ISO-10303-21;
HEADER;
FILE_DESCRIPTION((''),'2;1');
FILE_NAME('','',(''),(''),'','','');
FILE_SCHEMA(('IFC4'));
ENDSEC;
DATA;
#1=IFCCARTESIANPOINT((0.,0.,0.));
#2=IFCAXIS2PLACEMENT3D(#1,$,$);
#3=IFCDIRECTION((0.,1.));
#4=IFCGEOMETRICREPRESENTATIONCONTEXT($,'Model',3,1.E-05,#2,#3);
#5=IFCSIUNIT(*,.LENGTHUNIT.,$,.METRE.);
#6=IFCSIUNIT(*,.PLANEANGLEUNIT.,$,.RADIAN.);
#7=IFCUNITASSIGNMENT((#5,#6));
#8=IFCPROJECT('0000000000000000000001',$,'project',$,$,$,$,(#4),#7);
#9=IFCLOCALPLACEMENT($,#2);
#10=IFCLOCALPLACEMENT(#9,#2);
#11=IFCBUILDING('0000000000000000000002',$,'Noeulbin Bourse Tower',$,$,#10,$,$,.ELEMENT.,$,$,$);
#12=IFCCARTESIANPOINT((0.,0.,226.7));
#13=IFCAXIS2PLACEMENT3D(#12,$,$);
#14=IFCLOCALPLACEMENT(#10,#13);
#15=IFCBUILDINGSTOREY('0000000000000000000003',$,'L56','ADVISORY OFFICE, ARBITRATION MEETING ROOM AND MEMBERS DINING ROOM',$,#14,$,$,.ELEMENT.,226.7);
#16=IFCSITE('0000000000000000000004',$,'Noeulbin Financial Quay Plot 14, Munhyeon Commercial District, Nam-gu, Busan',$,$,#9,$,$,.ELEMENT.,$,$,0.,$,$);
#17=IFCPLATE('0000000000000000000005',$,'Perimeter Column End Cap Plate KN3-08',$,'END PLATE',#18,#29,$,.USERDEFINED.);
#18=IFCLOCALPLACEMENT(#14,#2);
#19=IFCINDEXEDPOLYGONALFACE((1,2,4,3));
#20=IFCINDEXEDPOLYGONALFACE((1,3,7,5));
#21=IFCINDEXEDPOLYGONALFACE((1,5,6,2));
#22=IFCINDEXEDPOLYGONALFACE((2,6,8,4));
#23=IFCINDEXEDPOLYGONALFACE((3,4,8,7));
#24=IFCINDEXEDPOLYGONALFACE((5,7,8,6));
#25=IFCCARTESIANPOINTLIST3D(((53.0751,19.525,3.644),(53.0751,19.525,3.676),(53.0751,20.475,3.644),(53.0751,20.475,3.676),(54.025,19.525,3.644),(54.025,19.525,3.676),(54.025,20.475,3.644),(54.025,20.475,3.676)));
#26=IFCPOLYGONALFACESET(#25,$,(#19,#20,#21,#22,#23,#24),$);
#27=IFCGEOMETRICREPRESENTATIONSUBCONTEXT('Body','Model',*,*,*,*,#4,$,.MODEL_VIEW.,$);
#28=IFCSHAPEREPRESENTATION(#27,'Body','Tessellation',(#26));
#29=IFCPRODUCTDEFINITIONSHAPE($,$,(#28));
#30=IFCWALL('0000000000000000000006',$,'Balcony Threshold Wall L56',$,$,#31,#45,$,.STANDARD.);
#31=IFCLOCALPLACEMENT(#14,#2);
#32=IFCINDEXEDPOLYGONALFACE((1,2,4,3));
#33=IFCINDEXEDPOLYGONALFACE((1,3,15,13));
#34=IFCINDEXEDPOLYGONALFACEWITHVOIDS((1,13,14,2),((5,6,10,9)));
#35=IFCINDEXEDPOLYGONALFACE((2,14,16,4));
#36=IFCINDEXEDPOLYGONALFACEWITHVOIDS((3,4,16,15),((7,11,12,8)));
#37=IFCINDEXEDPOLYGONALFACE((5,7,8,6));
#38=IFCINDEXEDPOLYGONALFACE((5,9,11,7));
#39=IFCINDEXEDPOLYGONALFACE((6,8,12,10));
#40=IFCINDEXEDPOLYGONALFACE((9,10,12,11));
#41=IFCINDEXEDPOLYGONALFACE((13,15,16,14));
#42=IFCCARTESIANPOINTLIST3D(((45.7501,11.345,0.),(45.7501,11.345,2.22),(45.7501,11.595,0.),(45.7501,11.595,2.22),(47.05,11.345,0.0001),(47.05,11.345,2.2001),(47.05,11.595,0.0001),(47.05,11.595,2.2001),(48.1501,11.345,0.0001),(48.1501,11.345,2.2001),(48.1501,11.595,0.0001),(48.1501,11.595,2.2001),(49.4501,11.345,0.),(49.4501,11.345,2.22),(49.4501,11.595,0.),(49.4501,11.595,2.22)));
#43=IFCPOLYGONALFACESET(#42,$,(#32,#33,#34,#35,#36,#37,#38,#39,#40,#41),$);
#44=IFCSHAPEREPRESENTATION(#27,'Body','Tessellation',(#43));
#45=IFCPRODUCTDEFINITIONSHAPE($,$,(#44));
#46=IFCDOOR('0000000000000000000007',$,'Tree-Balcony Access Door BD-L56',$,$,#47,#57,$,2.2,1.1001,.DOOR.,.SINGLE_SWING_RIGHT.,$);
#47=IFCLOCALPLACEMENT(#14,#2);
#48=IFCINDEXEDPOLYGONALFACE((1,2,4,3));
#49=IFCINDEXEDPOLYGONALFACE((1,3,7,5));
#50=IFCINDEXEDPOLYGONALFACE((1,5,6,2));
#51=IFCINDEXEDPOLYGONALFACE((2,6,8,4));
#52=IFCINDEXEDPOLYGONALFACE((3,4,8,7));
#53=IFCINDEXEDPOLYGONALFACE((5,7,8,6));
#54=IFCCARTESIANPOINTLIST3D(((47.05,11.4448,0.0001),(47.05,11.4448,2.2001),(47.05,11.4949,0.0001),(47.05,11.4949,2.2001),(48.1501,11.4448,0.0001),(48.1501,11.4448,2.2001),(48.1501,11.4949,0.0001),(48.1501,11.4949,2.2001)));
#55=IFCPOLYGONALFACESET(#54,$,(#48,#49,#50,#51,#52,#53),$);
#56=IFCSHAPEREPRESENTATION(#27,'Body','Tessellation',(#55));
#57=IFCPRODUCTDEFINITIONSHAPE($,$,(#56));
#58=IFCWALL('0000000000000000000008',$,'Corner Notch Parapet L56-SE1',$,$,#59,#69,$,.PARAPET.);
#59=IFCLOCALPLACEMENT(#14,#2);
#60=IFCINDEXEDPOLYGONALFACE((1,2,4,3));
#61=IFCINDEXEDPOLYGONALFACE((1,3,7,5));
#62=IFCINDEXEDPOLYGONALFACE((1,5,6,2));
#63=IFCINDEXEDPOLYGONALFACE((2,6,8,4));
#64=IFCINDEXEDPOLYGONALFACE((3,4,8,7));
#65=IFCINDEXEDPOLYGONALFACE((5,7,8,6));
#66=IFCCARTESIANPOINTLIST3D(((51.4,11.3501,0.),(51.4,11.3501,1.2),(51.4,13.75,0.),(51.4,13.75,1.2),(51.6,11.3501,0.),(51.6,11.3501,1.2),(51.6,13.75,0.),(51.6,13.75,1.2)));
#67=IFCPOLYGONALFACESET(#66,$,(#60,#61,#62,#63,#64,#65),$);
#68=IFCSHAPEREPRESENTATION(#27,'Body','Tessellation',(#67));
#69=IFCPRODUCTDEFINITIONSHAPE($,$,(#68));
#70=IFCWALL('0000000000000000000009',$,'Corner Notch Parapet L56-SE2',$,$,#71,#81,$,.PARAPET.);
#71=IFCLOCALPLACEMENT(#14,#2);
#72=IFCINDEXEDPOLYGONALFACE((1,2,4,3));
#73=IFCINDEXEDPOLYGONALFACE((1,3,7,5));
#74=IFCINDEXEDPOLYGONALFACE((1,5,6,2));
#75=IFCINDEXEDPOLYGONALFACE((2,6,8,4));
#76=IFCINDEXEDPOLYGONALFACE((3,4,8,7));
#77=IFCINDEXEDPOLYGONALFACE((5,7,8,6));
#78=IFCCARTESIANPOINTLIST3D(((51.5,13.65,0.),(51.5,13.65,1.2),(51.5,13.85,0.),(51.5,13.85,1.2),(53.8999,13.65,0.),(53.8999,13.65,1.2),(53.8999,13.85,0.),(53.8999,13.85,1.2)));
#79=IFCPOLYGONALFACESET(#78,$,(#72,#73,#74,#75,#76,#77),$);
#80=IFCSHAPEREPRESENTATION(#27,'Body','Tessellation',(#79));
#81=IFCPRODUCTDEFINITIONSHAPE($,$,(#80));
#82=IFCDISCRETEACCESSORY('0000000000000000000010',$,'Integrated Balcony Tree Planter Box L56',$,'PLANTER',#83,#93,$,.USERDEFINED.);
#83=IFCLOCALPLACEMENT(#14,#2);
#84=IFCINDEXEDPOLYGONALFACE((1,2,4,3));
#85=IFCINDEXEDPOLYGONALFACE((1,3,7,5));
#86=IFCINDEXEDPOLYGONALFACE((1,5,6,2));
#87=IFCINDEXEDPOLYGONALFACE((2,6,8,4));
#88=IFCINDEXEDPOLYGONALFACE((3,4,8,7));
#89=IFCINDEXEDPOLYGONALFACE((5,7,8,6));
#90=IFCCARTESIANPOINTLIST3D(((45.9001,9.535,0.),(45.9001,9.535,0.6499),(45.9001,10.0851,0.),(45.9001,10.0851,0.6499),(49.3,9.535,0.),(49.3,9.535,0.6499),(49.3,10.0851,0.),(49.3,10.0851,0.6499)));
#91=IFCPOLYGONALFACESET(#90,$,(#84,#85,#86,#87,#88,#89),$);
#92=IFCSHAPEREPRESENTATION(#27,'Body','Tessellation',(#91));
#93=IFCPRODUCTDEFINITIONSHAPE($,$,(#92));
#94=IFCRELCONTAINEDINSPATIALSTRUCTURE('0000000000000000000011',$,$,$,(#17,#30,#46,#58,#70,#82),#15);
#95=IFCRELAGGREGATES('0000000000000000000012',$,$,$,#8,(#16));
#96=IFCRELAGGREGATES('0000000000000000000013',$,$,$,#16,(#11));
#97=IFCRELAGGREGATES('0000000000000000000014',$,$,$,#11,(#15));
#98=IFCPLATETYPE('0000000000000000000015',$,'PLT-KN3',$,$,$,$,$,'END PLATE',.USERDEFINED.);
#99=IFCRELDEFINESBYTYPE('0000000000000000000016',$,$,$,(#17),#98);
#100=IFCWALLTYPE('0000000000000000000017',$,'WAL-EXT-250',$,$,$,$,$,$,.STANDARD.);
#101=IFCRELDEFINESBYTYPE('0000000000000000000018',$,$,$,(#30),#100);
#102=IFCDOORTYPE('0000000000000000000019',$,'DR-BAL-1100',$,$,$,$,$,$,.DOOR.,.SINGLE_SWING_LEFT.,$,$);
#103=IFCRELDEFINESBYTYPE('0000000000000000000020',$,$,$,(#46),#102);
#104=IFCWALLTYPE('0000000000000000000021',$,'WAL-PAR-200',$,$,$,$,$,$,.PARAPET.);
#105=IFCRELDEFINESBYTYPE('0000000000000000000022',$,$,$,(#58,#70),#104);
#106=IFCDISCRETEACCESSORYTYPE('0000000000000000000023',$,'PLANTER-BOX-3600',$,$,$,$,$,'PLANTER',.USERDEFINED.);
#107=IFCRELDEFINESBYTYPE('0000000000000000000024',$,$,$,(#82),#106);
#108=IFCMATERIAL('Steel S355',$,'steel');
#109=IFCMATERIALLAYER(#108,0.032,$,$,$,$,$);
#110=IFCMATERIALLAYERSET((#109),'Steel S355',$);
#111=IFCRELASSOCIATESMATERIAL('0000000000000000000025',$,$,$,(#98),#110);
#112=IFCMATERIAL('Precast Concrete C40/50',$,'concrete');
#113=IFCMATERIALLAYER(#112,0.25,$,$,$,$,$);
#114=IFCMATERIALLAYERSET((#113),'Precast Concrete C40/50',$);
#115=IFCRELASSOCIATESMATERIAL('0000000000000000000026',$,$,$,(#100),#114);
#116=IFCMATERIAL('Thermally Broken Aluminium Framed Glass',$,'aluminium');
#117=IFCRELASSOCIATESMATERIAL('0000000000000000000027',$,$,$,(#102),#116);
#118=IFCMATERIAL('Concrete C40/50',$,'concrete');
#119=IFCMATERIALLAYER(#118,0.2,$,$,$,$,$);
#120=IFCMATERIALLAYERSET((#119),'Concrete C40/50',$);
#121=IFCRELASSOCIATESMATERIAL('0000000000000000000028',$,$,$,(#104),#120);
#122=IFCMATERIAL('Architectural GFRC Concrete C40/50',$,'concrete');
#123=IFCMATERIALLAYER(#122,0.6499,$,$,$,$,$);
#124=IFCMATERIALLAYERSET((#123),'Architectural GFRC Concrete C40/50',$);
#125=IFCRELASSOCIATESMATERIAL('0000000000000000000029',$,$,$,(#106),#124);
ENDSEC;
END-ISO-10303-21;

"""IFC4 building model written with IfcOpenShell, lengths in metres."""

from ifc_helpers import new_model, si_unit, direction, frame, frame_2d, origin, origin_2d, place, context, subcontext, project, spatial, rectangle, extrude, material, layer, layer_set, type_object, element, fill, save


model = new_model("IFC4")

# Units and contexts
model_context = context("Model", 3, precision=1e-05, world=origin(), true_north=direction((0.0, 1.0)))
body_context = subcontext(model_context, "Body", "Model", "MODEL_VIEW")
ifc_project = project(units=[si_unit("LENGTHUNIT", "METRE"), si_unit("PLANEANGLEUNIT", "RADIAN")], contexts=[model_context])

# Site, building, storey
site_placement = place(None, origin())
site = spatial("IfcSite", under=ifc_project, at=site_placement, Name="Noeulbin Financial Quay Plot 14, Munhyeon Commercial District, Nam-gu, Busan", CompositionType="ELEMENT", RefElevation=0.0)
building_placement = place(site_placement, origin())
building = spatial("IfcBuilding", under=site, at=building_placement, Name="Noeulbin Bourse Tower", CompositionType="ELEMENT")
storey_placement = place(building_placement, frame((0.0, 0.0, 226.7)))
storey = spatial("IfcBuildingStorey", under=building, at=storey_placement, Name="L56", Description="ADVISORY OFFICE, ARBITRATION MEETING ROOM AND MEMBERS DINING ROOM", CompositionType="ELEMENT", Elevation=226.7)

# Shared definitions
ifc_material_1 = material(Name="Steel S355", Category="steel")

# Plate
ifc_layer_1 = layer(ifc_material_1, 0.032)
ifc_layer_set_1 = layer_set([ifc_layer_1], Name="Steel S355")
plate_type_1 = type_object("IfcPlateType", Name="PLT-KN3", ElementType="END PLATE", PredefinedType="USERDEFINED", material=ifc_layer_set_1)
plate_1_placement = place(storey_placement, frame((53.55, 20.0, 3.644), z_axis=(0.0, 0.0, 1.0), x_axis=(1.0, 0.0, 0.0)))
element("IfcPlate", 1, at=plate_1_placement, inside=storey, type_object=plate_type_1, Name="Perimeter Column End Cap Plate KN3-08", ObjectType="END PLATE", PredefinedType="USERDEFINED", context=body_context, shape_type="SweptSolid", body=[
    extrude(rectangle(XDim=0.95, YDim=0.95, at=origin_2d()), origin(), (0.0, 0.0, 1.0), 0.032),
])

# Wall, opening, door
ifc_material_2 = material(Name="Precast Concrete C40/50", Category="concrete")
ifc_layer_2 = layer(ifc_material_2, 0.25)
ifc_layer_set_2 = layer_set([ifc_layer_2], Name="Precast Concrete C40/50")
wall_type_1 = type_object("IfcWallType", Name="WAL-EXT-250", PredefinedType="STANDARD", material=ifc_layer_set_2)
wall_placement = place(storey_placement, frame((45.75, 11.47, 0.0), z_axis=(0.0, 0.0, 1.0), x_axis=(1.0, 0.0, 0.0)))
wall = element("IfcWall", 2, at=wall_placement, inside=storey, type_object=wall_type_1, Name="Balcony Threshold Wall L56", PredefinedType="STANDARD", context=body_context, shape_type="SweptSolid", body=[
    extrude(rectangle(XDim=3.7, YDim=0.25, at=frame_2d((1.8501, 0.0))), origin(), (0.0, 0.0, 1.0), 2.22),
])
opening_placement = place(wall_placement, frame((1.3, 0.0, 0.0)))
opening = element("IfcOpeningElement", 3, at=opening_placement, cuts=wall, PredefinedType="OPENING", context=body_context, shape_type="SweptSolid", body=[
    extrude(rectangle(XDim=1.1001, YDim=2.2, at=frame_2d((0.55, 1.1001))), frame((0.0, 0.135, 0.0), z_axis=(0.0, -1.0, 0.0), x_axis=(1.0, 0.0, 0.0)), (0.0, 0.0, 1.0), 0.27),
])
ifc_material_3 = material(Name="Thermally Broken Aluminium Framed Glass", Category="aluminium")
door_type = type_object("IfcDoorType", Name="DR-BAL-1100", OperationType="SINGLE_SWING_LEFT", PredefinedType="DOOR", material=ifc_material_3)
door_placement = place(opening_placement, origin())
door = element("IfcDoor", 4, at=door_placement, inside=storey, type_object=door_type, Name="Tree-Balcony Access Door BD-L56", OperationType="SINGLE_SWING_RIGHT", OverallHeight=2.2, OverallWidth=1.1001, PredefinedType="DOOR", context=body_context, shape_type="SweptSolid", body=[
    extrude(rectangle(XDim=1.1001, YDim=2.2, at=frame_2d((0.55, 1.1001))), frame((0.0, 0.0249, 0.0), z_axis=(0.0, -1.0, 0.0), x_axis=(1.0, 0.0, 0.0)), (0.0, 0.0, 1.0), 0.05),
])
fill(opening, door)

# Walls
ifc_material_4 = material(Name="Concrete C40/50", Category="concrete")
ifc_layer_3 = layer(ifc_material_4, 0.2)
ifc_layer_set_3 = layer_set([ifc_layer_3], Name="Concrete C40/50")
wall_type_2 = type_object("IfcWallType", Name="WAL-PAR-200", PredefinedType="PARAPET", material=ifc_layer_set_3)
for number, where, z_axis, x_axis, name in (
    (5, (51.5, 11.3501, 0.0), (0.0, 0.0, 1.0), (0.0, 1.0, 0.0), "Corner Notch Parapet L56-SE1"),
    (6, (51.5, 13.75, 0.0), (0.0, 0.0, 1.0), (1.0, 0.0, 0.0), "Corner Notch Parapet L56-SE2"),
):
    element("IfcWall", number, at=place(storey_placement, frame(where, z_axis=z_axis, x_axis=x_axis)), inside=storey, type_object=wall_type_2, Name=name, PredefinedType="PARAPET", context=body_context, shape_type="SweptSolid", body=[
        extrude(rectangle(XDim=2.3999, YDim=0.2, at=frame_2d((1.2, 0.0))), origin(), (0.0, 0.0, 1.0), 1.2),
    ])

# Discrete accessory
ifc_material_5 = material(Name="Architectural GFRC Concrete C40/50", Category="concrete")
ifc_layer_4 = layer(ifc_material_5, 0.6499)
ifc_layer_set_4 = layer_set([ifc_layer_4], Name="Architectural GFRC Concrete C40/50")
discrete_accessory_type = type_object("IfcDiscreteAccessoryType", Name="PLANTER-BOX-3600", ElementType="PLANTER", PredefinedType="USERDEFINED", material=ifc_layer_set_4)
discrete_accessory_placement = place(storey_placement, frame((47.6001, 9.8101, 0.0), z_axis=(0.0, 0.0, 1.0), x_axis=(1.0, 0.0, 0.0)))
element("IfcDiscreteAccessory", 7, at=discrete_accessory_placement, inside=storey, type_object=discrete_accessory_type, Name="Integrated Balcony Tree Planter Box L56", ObjectType="PLANTER", PredefinedType="USERDEFINED", context=body_context, shape_type="SweptSolid", body=[
    extrude(rectangle(XDim=3.3999, YDim=0.55, at=origin_2d()), origin(), (0.0, 0.0, 1.0), 0.6499),
])

save(model, "model.ifc")
